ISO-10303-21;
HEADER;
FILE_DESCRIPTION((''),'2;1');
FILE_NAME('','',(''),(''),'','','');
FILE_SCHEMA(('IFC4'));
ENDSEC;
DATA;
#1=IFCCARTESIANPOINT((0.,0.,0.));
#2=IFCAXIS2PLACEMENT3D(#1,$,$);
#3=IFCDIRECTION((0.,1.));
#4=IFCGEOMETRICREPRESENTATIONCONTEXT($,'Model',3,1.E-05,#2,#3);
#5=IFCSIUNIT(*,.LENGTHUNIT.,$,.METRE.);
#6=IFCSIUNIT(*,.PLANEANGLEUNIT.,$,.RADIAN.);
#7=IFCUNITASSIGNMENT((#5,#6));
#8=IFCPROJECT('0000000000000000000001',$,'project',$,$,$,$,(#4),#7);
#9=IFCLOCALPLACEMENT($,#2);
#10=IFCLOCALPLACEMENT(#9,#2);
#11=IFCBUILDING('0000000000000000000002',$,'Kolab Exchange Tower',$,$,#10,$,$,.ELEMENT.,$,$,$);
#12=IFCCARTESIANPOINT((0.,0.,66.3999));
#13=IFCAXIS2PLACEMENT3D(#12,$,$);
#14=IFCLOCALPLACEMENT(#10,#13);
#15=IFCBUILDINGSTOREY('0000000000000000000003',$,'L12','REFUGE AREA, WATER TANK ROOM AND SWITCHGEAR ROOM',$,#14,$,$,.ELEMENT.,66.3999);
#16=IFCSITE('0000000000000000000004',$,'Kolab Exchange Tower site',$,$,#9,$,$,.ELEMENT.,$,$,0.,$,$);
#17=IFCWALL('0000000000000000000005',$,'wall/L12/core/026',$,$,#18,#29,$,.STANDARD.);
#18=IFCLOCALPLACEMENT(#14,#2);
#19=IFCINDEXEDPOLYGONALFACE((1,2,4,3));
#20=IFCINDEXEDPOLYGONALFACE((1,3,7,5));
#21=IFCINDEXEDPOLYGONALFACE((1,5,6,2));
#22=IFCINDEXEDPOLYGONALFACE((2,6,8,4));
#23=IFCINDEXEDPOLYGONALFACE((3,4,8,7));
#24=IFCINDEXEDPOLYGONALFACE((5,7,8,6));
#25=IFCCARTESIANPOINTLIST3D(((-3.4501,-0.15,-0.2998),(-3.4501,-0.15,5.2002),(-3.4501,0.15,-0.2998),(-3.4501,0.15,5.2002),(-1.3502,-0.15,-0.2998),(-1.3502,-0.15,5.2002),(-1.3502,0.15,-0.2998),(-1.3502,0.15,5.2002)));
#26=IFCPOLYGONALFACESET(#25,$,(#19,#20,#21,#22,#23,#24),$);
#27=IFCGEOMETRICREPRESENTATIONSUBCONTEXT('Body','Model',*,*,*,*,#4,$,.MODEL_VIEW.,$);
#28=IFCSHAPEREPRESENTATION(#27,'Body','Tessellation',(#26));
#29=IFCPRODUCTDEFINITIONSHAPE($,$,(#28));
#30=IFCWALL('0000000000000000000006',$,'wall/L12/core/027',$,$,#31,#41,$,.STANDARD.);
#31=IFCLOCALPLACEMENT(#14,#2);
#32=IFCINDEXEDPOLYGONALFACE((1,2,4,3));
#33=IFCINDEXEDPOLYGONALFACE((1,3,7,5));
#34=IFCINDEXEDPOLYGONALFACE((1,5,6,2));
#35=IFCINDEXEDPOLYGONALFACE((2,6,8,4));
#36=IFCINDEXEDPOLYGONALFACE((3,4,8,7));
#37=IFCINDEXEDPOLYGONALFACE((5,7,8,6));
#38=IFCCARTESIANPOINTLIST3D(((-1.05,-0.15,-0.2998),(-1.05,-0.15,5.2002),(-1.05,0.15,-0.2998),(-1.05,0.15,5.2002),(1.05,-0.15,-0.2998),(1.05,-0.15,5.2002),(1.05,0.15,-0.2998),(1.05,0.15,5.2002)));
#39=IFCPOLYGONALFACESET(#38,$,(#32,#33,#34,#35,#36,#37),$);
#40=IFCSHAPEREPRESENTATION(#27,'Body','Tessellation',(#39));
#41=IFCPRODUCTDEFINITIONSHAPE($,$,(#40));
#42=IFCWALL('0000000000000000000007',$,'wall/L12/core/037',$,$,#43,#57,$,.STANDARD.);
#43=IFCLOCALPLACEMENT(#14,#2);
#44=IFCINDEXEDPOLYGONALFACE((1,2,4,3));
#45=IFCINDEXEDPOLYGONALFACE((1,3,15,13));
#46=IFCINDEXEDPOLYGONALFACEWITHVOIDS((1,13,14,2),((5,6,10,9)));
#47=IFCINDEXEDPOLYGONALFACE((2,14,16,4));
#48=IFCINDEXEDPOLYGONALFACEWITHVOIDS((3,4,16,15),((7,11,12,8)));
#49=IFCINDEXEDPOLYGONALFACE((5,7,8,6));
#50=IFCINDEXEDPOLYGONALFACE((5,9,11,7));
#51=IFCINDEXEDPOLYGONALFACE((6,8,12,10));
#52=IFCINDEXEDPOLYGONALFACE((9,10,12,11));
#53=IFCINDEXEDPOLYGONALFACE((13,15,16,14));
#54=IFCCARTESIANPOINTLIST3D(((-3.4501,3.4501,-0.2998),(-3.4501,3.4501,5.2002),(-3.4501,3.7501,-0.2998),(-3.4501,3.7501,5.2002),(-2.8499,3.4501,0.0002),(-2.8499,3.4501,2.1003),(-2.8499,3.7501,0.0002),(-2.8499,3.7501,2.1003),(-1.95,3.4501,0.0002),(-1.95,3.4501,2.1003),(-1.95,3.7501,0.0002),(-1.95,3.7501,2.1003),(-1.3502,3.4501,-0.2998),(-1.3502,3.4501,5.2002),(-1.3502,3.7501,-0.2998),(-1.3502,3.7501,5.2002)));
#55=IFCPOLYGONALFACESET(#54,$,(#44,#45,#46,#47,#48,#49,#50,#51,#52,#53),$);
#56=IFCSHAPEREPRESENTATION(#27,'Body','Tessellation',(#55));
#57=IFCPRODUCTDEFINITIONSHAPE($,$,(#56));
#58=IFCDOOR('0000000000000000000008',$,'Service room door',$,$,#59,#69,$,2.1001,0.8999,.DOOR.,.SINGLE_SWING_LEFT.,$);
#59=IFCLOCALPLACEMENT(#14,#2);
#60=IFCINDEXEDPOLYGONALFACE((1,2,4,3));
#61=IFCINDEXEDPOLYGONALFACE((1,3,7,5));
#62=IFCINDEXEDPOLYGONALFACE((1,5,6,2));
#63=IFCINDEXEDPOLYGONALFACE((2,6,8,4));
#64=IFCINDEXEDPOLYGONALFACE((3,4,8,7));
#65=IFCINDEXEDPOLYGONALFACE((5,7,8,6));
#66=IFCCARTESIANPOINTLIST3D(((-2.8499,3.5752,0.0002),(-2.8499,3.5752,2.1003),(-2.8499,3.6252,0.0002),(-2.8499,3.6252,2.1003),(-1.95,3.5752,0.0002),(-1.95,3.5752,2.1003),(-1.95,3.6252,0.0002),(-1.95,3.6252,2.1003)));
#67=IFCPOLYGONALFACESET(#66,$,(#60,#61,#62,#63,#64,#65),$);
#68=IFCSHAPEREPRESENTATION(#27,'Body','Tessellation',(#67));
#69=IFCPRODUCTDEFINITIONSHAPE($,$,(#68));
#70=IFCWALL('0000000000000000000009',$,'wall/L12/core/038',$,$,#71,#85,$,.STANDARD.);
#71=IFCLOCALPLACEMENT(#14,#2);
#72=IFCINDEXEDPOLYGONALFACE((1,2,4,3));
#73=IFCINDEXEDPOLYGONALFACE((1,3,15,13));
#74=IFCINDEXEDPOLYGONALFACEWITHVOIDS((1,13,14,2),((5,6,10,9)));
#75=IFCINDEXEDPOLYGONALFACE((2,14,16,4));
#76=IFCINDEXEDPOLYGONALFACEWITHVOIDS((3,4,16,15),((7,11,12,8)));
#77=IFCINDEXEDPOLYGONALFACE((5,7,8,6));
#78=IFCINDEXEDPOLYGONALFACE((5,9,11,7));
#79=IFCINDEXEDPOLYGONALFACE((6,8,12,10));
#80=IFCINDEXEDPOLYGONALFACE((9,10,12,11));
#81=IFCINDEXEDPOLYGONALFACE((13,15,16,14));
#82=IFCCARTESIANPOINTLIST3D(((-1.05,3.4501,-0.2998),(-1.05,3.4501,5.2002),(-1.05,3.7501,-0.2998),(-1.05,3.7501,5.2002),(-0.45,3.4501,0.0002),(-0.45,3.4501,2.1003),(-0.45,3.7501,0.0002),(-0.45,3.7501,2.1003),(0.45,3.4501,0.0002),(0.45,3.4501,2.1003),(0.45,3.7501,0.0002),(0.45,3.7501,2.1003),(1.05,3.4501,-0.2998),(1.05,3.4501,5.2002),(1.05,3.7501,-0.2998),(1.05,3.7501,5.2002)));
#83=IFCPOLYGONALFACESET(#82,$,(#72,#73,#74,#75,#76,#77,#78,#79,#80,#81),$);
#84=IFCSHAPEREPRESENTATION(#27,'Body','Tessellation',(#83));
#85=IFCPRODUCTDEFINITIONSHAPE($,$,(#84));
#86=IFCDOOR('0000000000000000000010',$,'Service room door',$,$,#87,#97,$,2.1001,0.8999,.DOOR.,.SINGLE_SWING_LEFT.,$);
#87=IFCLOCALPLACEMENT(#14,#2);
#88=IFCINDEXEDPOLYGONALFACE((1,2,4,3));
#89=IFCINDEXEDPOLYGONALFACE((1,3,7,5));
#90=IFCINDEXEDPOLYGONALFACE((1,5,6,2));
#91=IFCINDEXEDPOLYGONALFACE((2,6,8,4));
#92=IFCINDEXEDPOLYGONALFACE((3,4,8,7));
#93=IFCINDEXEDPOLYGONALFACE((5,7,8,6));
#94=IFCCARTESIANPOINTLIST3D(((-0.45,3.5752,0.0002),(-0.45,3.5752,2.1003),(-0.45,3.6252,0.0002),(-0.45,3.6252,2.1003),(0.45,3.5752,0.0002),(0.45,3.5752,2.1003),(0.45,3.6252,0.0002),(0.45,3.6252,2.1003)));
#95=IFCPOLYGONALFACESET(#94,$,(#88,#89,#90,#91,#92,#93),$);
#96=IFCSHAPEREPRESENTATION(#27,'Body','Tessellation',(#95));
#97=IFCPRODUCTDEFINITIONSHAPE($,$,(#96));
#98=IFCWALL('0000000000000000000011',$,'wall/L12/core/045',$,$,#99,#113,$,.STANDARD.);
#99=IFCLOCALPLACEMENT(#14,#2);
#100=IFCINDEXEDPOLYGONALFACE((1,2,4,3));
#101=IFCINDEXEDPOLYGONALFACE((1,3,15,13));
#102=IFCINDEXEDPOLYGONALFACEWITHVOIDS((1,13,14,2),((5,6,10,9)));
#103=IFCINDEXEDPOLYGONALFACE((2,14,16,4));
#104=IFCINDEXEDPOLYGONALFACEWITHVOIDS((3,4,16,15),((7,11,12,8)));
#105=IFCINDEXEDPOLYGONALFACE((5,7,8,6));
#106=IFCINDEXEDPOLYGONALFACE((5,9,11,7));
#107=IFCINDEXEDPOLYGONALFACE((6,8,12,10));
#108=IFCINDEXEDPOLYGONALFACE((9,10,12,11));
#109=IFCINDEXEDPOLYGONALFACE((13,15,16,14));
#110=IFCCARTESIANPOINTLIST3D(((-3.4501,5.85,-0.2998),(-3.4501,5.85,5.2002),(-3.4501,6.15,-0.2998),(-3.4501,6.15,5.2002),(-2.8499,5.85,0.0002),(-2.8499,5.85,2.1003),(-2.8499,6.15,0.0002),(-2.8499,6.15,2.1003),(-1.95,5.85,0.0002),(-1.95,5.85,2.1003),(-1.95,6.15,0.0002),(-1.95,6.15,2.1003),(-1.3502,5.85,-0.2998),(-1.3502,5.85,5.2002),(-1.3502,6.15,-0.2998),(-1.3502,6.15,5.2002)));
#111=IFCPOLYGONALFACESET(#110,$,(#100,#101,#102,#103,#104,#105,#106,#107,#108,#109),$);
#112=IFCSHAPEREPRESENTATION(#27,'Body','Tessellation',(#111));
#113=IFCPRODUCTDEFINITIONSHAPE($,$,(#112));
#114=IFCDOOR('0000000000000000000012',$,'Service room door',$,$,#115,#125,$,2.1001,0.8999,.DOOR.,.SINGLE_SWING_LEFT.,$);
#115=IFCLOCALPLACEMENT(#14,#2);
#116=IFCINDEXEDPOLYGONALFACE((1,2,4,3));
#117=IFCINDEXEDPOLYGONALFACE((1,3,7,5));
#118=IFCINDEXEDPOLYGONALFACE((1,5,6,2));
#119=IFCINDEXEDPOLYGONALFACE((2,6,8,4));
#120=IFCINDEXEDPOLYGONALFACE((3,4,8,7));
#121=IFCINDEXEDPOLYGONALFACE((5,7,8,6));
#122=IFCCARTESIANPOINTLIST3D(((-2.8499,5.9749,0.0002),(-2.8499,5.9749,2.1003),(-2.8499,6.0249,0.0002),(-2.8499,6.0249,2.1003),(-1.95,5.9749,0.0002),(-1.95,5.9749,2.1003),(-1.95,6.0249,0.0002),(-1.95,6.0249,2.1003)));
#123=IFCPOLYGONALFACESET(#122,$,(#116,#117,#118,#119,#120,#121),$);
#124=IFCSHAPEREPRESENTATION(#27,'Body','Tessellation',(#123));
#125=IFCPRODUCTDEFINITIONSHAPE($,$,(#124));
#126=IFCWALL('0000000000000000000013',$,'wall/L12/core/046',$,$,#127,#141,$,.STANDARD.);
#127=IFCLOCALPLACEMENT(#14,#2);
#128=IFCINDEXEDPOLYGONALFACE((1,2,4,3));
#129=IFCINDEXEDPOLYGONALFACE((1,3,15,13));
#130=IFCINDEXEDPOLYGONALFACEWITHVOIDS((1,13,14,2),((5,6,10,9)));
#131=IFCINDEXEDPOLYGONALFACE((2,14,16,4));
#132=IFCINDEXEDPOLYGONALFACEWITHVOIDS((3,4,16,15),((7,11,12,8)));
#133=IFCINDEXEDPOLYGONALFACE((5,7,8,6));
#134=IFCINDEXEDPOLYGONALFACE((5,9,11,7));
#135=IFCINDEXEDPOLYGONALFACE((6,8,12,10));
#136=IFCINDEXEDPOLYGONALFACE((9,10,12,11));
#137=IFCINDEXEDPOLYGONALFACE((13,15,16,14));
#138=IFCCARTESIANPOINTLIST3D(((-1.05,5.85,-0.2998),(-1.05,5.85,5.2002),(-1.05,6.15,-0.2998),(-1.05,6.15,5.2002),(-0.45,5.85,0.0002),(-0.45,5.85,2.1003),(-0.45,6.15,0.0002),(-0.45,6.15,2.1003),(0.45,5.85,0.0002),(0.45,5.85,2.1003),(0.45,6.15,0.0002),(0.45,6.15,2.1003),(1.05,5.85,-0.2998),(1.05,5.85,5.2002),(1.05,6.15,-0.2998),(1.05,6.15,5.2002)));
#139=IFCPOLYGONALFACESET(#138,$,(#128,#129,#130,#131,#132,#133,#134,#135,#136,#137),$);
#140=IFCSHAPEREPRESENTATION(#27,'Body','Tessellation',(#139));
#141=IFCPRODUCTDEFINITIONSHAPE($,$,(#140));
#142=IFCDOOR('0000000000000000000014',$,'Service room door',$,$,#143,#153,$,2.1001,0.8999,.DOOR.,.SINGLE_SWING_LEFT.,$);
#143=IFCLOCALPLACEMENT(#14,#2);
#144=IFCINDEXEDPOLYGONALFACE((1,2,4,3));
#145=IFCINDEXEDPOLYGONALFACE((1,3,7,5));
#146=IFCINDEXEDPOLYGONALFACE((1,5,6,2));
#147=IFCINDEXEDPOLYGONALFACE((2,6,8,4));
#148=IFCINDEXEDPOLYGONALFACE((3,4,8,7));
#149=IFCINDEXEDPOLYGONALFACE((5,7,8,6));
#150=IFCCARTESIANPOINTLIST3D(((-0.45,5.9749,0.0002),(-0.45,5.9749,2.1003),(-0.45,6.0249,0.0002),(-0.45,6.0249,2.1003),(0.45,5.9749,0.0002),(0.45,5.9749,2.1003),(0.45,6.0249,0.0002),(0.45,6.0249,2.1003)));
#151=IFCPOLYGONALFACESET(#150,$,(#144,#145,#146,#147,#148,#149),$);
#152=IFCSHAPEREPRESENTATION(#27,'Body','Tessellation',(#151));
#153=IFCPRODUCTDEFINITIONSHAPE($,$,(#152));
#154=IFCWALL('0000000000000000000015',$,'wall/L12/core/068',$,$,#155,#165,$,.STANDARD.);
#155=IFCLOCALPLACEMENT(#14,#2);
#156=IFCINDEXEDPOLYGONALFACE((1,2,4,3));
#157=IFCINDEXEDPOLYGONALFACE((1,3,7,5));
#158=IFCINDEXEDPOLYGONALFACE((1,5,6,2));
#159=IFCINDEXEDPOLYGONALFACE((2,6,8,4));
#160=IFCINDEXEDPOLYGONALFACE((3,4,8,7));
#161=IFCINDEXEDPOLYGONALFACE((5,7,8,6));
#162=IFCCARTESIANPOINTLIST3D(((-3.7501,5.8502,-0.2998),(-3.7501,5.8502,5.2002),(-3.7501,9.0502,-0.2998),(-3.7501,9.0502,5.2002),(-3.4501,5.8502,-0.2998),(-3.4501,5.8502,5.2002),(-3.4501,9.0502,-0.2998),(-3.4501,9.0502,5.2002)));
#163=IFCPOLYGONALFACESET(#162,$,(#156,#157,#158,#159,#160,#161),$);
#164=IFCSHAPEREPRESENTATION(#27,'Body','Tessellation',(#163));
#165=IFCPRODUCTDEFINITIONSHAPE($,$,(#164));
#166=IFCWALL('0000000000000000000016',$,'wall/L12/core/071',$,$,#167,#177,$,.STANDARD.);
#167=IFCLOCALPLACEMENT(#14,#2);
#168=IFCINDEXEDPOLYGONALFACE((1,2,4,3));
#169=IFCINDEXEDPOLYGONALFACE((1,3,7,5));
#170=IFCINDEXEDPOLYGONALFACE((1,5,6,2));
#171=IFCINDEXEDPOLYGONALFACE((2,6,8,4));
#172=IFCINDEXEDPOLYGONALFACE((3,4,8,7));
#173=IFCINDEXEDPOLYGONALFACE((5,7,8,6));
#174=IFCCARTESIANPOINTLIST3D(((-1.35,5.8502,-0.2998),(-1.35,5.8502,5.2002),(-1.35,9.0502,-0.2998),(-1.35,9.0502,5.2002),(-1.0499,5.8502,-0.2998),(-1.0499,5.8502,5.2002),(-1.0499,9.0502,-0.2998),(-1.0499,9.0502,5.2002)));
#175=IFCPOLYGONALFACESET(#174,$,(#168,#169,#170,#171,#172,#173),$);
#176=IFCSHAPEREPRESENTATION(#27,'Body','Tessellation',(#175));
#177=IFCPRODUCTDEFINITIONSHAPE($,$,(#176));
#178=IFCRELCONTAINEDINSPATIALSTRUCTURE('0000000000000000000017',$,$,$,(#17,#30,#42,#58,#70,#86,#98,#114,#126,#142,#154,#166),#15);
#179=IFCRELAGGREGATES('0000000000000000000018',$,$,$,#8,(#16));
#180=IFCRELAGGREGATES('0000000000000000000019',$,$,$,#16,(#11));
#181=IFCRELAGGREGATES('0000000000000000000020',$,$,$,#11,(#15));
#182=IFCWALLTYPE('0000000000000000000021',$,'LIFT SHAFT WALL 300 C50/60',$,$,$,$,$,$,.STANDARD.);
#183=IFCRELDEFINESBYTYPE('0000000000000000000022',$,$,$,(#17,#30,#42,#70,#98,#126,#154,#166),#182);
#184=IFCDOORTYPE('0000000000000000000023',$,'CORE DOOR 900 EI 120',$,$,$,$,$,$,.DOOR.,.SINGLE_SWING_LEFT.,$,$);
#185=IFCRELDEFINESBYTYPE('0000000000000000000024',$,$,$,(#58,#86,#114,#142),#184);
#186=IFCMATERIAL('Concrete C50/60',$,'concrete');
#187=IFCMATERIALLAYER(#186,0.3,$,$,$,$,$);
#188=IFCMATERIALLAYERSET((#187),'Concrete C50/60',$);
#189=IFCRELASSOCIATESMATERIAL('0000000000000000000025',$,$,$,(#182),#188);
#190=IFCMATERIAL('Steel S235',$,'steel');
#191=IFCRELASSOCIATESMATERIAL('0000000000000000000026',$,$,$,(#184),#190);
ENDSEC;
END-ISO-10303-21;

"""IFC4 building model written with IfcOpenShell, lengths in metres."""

from ifc_helpers import new_model, si_unit, direction, frame, frame_2d, origin, place, context, subcontext, project, spatial, rectangle, extrude, material, layer, layer_set, type_object, element, fill, save


model = new_model("IFC4")

# Units and contexts
model_context = context("Model", 3, precision=1e-05, world=origin(), true_north=direction((0.0, 1.0)))
body_context = subcontext(model_context, "Body", "Model", "MODEL_VIEW")
ifc_project = project(units=[si_unit("LENGTHUNIT", "METRE"), si_unit("PLANEANGLEUNIT", "RADIAN")], contexts=[model_context])

# Site, building, storey
site_placement = place(None, origin())
site = spatial("IfcSite", under=ifc_project, at=site_placement, Name="Kolab Exchange Tower site", CompositionType="ELEMENT", RefElevation=0.0)
building_placement = place(site_placement, origin())
building = spatial("IfcBuilding", under=site, at=building_placement, Name="Kolab Exchange Tower", CompositionType="ELEMENT")
storey_placement = place(building_placement, frame((0.0, 0.0, 66.3999)))
storey = spatial("IfcBuildingStorey", under=building, at=storey_placement, Name="L12", Description="REFUGE AREA, WATER TANK ROOM AND SWITCHGEAR ROOM", CompositionType="ELEMENT", Elevation=66.3999)

# Walls
ifc_material_1 = material(Name="Concrete C50/60", Category="concrete")
ifc_layer_1 = layer(ifc_material_1, 0.3)
ifc_layer_set_1 = layer_set([ifc_layer_1], Name="Concrete C50/60")
wall_type_1 = type_object("IfcWallType", Name="LIFT SHAFT WALL 300 C50/60", PredefinedType="STANDARD", material=ifc_layer_set_1)
wall_1_placement = place(storey_placement, frame((-3.45, 0.0, -0.2998), z_axis=(0.0, 0.0, 1.0), x_axis=(1.0, 0.0, 0.0)))
element("IfcWall", 1, at=wall_1_placement, inside=storey, type_object=wall_type_1, Name="wall/L12/core/026", PredefinedType="STANDARD", context=body_context, shape_type="SweptSolid", body=[
    extrude(rectangle(XDim=2.0999, YDim=0.3, at=frame_2d((1.0498, 0.0))), origin(), (0.0, 0.0, 1.0), 5.5),
])
wall_2_placement = place(storey_placement, frame((-1.05, 0.0, -0.2998), z_axis=(0.0, 0.0, 1.0), x_axis=(1.0, 0.0, 0.0)))
element("IfcWall", 2, at=wall_2_placement, inside=storey, type_object=wall_type_1, Name="wall/L12/core/027", PredefinedType="STANDARD", context=body_context, shape_type="SweptSolid", body=[
    extrude(rectangle(XDim=2.1001, YDim=0.3, at=frame_2d((1.05, 0.0))), origin(), (0.0, 0.0, 1.0), 5.5),
])

# Walls, openings, doors
wall_3_placement = place(storey_placement, frame((-3.45, 3.6001, -0.2998), z_axis=(0.0, 0.0, 1.0), x_axis=(1.0, 0.0, 0.0)))
wall_3 = element("IfcWall", 3, at=wall_3_placement, inside=storey, type_object=wall_type_1, Name="wall/L12/core/037", PredefinedType="STANDARD", context=body_context, shape_type="SweptSolid", body=[
    extrude(rectangle(XDim=2.0999, YDim=0.3, at=frame_2d((1.0498, 0.0))), origin(), (0.0, 0.0, 1.0), 5.5),
])
opening_1_placement = place(wall_3_placement, frame((0.6001, 0.0, 0.3)))
opening_1 = element("IfcOpeningElement", 4, at=opening_1_placement, cuts=wall_3, PredefinedType="OPENING", context=body_context, shape_type="SweptSolid", body=[
    extrude(rectangle(XDim=0.8999, YDim=2.1001, at=frame_2d((0.45, 1.05))), frame((0.0, 0.1602, 0.0), z_axis=(0.0, -1.0, 0.0), x_axis=(1.0, 0.0, 0.0)), (0.0, 0.0, 1.0), 0.3201),
])
ifc_material_2 = material(Name="Steel S235", Category="steel")
door_type_1 = type_object("IfcDoorType", Name="CORE DOOR 900 EI 120", OperationType="SINGLE_SWING_LEFT", PredefinedType="DOOR", material=ifc_material_2)
door_1_placement = place(opening_1_placement, frame((0.8999, 0.0, 0.0), z_axis=(0.0, 0.0, 1.0), x_axis=(-1.0, 0.0, 0.0)))
door_1 = element("IfcDoor", 5, at=door_1_placement, inside=storey, type_object=door_type_1, Name="Service room door", OperationType="SINGLE_SWING_LEFT", OverallHeight=2.1001, OverallWidth=0.8999, PredefinedType="DOOR", context=body_context, shape_type="SweptSolid", body=[
    extrude(rectangle(XDim=0.8999, YDim=2.1001, at=frame_2d((0.45, 1.05))), frame((0.0, 0.0249, 0.0), z_axis=(0.0, -1.0, 0.0), x_axis=(1.0, 0.0, 0.0)), (0.0, 0.0, 1.0), 0.05),
])
fill(opening_1, door_1)
wall_4_placement = place(storey_placement, frame((-1.05, 3.6001, -0.2998), z_axis=(0.0, 0.0, 1.0), x_axis=(1.0, 0.0, 0.0)))
wall_4 = element("IfcWall", 6, at=wall_4_placement, inside=storey, type_object=wall_type_1, Name="wall/L12/core/038", PredefinedType="STANDARD", context=body_context, shape_type="SweptSolid", body=[
    extrude(rectangle(XDim=2.1001, YDim=0.3, at=frame_2d((1.05, 0.0))), origin(), (0.0, 0.0, 1.0), 5.5),
])
opening_2_placement = place(wall_4_placement, frame((0.6001, 0.0, 0.3)))
opening_2 = element("IfcOpeningElement", 7, at=opening_2_placement, cuts=wall_4, PredefinedType="OPENING", context=body_context, shape_type="SweptSolid", body=[
    extrude(rectangle(XDim=0.8999, YDim=2.1001, at=frame_2d((0.45, 1.05))), frame((0.0, 0.1602, 0.0), z_axis=(0.0, -1.0, 0.0), x_axis=(1.0, 0.0, 0.0)), (0.0, 0.0, 1.0), 0.3201),
])
door_2_placement = place(opening_2_placement, frame((0.8999, 0.0, 0.0), z_axis=(0.0, 0.0, 1.0), x_axis=(-1.0, 0.0, 0.0)))
door_2 = element("IfcDoor", 8, at=door_2_placement, inside=storey, type_object=door_type_1, Name="Service room door", OperationType="SINGLE_SWING_LEFT", OverallHeight=2.1001, OverallWidth=0.8999, PredefinedType="DOOR", context=body_context, shape_type="SweptSolid", body=[
    extrude(rectangle(XDim=0.8999, YDim=2.1001, at=frame_2d((0.45, 1.05))), frame((0.0, 0.0249, 0.0), z_axis=(0.0, -1.0, 0.0), x_axis=(1.0, 0.0, 0.0)), (0.0, 0.0, 1.0), 0.05),
])
fill(opening_2, door_2)
wall_5_placement = place(storey_placement, frame((-3.45, 6.0, -0.2998), z_axis=(0.0, 0.0, 1.0), x_axis=(1.0, 0.0, 0.0)))
wall_5 = element("IfcWall", 9, at=wall_5_placement, inside=storey, type_object=wall_type_1, Name="wall/L12/core/045", PredefinedType="STANDARD", context=body_context, shape_type="SweptSolid", body=[
    extrude(rectangle(XDim=2.0999, YDim=0.3, at=frame_2d((1.0498, 0.0))), origin(), (0.0, 0.0, 1.0), 5.5),
])
opening_3_placement = place(wall_5_placement, frame((0.6001, 0.0, 0.3)))
opening_3 = element("IfcOpeningElement", 10, at=opening_3_placement, cuts=wall_5, PredefinedType="OPENING", context=body_context, shape_type="SweptSolid", body=[
    extrude(rectangle(XDim=0.8999, YDim=2.1001, at=frame_2d((0.45, 1.05))), frame((0.0, 0.1602, 0.0), z_axis=(0.0, -1.0, 0.0), x_axis=(1.0, 0.0, 0.0)), (0.0, 0.0, 1.0), 0.3201),
])
door_3_placement = place(opening_3_placement, origin())
door_3 = element("IfcDoor", 11, at=door_3_placement, inside=storey, type_object=door_type_1, Name="Service room door", OperationType="SINGLE_SWING_LEFT", OverallHeight=2.1001, OverallWidth=0.8999, PredefinedType="DOOR", context=body_context, shape_type="SweptSolid", body=[
    extrude(rectangle(XDim=0.8999, YDim=2.1001, at=frame_2d((0.45, 1.05))), frame((0.0, 0.0249, 0.0), z_axis=(0.0, -1.0, 0.0), x_axis=(1.0, 0.0, 0.0)), (0.0, 0.0, 1.0), 0.05),
])
fill(opening_3, door_3)
wall_6_placement = place(storey_placement, frame((-1.05, 6.0, -0.2998), z_axis=(0.0, 0.0, 1.0), x_axis=(1.0, 0.0, 0.0)))
wall_6 = element("IfcWall", 12, at=wall_6_placement, inside=storey, type_object=wall_type_1, Name="wall/L12/core/046", PredefinedType="STANDARD", context=body_context, shape_type="SweptSolid", body=[
    extrude(rectangle(XDim=2.1001, YDim=0.3, at=frame_2d((1.05, 0.0))), origin(), (0.0, 0.0, 1.0), 5.5),
])
opening_4_placement = place(wall_6_placement, frame((0.6001, 0.0, 0.3)))
opening_4 = element("IfcOpeningElement", 13, at=opening_4_placement, cuts=wall_6, PredefinedType="OPENING", context=body_context, shape_type="SweptSolid", body=[
    extrude(rectangle(XDim=0.8999, YDim=2.1001, at=frame_2d((0.45, 1.05))), frame((0.0, 0.1602, 0.0), z_axis=(0.0, -1.0, 0.0), x_axis=(1.0, 0.0, 0.0)), (0.0, 0.0, 1.0), 0.3201),
])
door_4_placement = place(opening_4_placement, origin())
door_4 = element("IfcDoor", 14, at=door_4_placement, inside=storey, type_object=door_type_1, Name="Service room door", OperationType="SINGLE_SWING_LEFT", OverallHeight=2.1001, OverallWidth=0.8999, PredefinedType="DOOR", context=body_context, shape_type="SweptSolid", body=[
    extrude(rectangle(XDim=0.8999, YDim=2.1001, at=frame_2d((0.45, 1.05))), frame((0.0, 0.0249, 0.0), z_axis=(0.0, -1.0, 0.0), x_axis=(1.0, 0.0, 0.0)), (0.0, 0.0, 1.0), 0.05),
])
fill(opening_4, door_4)

# Walls
for number, where, z_axis, x_axis, name in (
    (15, (-3.6001, 5.8501, -0.2998), (0.0, 0.0, 1.0), (0.0, 1.0, 0.0), "wall/L12/core/068"),
    (16, (-1.2, 5.8501, -0.2998), (0.0, 0.0, 1.0), (0.0, 1.0, 0.0), "wall/L12/core/071"),
):
    element("IfcWall", number, at=place(storey_placement, frame(where, z_axis=z_axis, x_axis=x_axis)), inside=storey, type_object=wall_type_1, Name=name, PredefinedType="STANDARD", context=body_context, shape_type="SweptSolid", body=[
        extrude(rectangle(XDim=3.2, YDim=0.3, at=frame_2d((1.6001, 0.0))), origin(), (0.0, 0.0, 1.0), 5.5),
    ])

save(model, "model.ifc")
